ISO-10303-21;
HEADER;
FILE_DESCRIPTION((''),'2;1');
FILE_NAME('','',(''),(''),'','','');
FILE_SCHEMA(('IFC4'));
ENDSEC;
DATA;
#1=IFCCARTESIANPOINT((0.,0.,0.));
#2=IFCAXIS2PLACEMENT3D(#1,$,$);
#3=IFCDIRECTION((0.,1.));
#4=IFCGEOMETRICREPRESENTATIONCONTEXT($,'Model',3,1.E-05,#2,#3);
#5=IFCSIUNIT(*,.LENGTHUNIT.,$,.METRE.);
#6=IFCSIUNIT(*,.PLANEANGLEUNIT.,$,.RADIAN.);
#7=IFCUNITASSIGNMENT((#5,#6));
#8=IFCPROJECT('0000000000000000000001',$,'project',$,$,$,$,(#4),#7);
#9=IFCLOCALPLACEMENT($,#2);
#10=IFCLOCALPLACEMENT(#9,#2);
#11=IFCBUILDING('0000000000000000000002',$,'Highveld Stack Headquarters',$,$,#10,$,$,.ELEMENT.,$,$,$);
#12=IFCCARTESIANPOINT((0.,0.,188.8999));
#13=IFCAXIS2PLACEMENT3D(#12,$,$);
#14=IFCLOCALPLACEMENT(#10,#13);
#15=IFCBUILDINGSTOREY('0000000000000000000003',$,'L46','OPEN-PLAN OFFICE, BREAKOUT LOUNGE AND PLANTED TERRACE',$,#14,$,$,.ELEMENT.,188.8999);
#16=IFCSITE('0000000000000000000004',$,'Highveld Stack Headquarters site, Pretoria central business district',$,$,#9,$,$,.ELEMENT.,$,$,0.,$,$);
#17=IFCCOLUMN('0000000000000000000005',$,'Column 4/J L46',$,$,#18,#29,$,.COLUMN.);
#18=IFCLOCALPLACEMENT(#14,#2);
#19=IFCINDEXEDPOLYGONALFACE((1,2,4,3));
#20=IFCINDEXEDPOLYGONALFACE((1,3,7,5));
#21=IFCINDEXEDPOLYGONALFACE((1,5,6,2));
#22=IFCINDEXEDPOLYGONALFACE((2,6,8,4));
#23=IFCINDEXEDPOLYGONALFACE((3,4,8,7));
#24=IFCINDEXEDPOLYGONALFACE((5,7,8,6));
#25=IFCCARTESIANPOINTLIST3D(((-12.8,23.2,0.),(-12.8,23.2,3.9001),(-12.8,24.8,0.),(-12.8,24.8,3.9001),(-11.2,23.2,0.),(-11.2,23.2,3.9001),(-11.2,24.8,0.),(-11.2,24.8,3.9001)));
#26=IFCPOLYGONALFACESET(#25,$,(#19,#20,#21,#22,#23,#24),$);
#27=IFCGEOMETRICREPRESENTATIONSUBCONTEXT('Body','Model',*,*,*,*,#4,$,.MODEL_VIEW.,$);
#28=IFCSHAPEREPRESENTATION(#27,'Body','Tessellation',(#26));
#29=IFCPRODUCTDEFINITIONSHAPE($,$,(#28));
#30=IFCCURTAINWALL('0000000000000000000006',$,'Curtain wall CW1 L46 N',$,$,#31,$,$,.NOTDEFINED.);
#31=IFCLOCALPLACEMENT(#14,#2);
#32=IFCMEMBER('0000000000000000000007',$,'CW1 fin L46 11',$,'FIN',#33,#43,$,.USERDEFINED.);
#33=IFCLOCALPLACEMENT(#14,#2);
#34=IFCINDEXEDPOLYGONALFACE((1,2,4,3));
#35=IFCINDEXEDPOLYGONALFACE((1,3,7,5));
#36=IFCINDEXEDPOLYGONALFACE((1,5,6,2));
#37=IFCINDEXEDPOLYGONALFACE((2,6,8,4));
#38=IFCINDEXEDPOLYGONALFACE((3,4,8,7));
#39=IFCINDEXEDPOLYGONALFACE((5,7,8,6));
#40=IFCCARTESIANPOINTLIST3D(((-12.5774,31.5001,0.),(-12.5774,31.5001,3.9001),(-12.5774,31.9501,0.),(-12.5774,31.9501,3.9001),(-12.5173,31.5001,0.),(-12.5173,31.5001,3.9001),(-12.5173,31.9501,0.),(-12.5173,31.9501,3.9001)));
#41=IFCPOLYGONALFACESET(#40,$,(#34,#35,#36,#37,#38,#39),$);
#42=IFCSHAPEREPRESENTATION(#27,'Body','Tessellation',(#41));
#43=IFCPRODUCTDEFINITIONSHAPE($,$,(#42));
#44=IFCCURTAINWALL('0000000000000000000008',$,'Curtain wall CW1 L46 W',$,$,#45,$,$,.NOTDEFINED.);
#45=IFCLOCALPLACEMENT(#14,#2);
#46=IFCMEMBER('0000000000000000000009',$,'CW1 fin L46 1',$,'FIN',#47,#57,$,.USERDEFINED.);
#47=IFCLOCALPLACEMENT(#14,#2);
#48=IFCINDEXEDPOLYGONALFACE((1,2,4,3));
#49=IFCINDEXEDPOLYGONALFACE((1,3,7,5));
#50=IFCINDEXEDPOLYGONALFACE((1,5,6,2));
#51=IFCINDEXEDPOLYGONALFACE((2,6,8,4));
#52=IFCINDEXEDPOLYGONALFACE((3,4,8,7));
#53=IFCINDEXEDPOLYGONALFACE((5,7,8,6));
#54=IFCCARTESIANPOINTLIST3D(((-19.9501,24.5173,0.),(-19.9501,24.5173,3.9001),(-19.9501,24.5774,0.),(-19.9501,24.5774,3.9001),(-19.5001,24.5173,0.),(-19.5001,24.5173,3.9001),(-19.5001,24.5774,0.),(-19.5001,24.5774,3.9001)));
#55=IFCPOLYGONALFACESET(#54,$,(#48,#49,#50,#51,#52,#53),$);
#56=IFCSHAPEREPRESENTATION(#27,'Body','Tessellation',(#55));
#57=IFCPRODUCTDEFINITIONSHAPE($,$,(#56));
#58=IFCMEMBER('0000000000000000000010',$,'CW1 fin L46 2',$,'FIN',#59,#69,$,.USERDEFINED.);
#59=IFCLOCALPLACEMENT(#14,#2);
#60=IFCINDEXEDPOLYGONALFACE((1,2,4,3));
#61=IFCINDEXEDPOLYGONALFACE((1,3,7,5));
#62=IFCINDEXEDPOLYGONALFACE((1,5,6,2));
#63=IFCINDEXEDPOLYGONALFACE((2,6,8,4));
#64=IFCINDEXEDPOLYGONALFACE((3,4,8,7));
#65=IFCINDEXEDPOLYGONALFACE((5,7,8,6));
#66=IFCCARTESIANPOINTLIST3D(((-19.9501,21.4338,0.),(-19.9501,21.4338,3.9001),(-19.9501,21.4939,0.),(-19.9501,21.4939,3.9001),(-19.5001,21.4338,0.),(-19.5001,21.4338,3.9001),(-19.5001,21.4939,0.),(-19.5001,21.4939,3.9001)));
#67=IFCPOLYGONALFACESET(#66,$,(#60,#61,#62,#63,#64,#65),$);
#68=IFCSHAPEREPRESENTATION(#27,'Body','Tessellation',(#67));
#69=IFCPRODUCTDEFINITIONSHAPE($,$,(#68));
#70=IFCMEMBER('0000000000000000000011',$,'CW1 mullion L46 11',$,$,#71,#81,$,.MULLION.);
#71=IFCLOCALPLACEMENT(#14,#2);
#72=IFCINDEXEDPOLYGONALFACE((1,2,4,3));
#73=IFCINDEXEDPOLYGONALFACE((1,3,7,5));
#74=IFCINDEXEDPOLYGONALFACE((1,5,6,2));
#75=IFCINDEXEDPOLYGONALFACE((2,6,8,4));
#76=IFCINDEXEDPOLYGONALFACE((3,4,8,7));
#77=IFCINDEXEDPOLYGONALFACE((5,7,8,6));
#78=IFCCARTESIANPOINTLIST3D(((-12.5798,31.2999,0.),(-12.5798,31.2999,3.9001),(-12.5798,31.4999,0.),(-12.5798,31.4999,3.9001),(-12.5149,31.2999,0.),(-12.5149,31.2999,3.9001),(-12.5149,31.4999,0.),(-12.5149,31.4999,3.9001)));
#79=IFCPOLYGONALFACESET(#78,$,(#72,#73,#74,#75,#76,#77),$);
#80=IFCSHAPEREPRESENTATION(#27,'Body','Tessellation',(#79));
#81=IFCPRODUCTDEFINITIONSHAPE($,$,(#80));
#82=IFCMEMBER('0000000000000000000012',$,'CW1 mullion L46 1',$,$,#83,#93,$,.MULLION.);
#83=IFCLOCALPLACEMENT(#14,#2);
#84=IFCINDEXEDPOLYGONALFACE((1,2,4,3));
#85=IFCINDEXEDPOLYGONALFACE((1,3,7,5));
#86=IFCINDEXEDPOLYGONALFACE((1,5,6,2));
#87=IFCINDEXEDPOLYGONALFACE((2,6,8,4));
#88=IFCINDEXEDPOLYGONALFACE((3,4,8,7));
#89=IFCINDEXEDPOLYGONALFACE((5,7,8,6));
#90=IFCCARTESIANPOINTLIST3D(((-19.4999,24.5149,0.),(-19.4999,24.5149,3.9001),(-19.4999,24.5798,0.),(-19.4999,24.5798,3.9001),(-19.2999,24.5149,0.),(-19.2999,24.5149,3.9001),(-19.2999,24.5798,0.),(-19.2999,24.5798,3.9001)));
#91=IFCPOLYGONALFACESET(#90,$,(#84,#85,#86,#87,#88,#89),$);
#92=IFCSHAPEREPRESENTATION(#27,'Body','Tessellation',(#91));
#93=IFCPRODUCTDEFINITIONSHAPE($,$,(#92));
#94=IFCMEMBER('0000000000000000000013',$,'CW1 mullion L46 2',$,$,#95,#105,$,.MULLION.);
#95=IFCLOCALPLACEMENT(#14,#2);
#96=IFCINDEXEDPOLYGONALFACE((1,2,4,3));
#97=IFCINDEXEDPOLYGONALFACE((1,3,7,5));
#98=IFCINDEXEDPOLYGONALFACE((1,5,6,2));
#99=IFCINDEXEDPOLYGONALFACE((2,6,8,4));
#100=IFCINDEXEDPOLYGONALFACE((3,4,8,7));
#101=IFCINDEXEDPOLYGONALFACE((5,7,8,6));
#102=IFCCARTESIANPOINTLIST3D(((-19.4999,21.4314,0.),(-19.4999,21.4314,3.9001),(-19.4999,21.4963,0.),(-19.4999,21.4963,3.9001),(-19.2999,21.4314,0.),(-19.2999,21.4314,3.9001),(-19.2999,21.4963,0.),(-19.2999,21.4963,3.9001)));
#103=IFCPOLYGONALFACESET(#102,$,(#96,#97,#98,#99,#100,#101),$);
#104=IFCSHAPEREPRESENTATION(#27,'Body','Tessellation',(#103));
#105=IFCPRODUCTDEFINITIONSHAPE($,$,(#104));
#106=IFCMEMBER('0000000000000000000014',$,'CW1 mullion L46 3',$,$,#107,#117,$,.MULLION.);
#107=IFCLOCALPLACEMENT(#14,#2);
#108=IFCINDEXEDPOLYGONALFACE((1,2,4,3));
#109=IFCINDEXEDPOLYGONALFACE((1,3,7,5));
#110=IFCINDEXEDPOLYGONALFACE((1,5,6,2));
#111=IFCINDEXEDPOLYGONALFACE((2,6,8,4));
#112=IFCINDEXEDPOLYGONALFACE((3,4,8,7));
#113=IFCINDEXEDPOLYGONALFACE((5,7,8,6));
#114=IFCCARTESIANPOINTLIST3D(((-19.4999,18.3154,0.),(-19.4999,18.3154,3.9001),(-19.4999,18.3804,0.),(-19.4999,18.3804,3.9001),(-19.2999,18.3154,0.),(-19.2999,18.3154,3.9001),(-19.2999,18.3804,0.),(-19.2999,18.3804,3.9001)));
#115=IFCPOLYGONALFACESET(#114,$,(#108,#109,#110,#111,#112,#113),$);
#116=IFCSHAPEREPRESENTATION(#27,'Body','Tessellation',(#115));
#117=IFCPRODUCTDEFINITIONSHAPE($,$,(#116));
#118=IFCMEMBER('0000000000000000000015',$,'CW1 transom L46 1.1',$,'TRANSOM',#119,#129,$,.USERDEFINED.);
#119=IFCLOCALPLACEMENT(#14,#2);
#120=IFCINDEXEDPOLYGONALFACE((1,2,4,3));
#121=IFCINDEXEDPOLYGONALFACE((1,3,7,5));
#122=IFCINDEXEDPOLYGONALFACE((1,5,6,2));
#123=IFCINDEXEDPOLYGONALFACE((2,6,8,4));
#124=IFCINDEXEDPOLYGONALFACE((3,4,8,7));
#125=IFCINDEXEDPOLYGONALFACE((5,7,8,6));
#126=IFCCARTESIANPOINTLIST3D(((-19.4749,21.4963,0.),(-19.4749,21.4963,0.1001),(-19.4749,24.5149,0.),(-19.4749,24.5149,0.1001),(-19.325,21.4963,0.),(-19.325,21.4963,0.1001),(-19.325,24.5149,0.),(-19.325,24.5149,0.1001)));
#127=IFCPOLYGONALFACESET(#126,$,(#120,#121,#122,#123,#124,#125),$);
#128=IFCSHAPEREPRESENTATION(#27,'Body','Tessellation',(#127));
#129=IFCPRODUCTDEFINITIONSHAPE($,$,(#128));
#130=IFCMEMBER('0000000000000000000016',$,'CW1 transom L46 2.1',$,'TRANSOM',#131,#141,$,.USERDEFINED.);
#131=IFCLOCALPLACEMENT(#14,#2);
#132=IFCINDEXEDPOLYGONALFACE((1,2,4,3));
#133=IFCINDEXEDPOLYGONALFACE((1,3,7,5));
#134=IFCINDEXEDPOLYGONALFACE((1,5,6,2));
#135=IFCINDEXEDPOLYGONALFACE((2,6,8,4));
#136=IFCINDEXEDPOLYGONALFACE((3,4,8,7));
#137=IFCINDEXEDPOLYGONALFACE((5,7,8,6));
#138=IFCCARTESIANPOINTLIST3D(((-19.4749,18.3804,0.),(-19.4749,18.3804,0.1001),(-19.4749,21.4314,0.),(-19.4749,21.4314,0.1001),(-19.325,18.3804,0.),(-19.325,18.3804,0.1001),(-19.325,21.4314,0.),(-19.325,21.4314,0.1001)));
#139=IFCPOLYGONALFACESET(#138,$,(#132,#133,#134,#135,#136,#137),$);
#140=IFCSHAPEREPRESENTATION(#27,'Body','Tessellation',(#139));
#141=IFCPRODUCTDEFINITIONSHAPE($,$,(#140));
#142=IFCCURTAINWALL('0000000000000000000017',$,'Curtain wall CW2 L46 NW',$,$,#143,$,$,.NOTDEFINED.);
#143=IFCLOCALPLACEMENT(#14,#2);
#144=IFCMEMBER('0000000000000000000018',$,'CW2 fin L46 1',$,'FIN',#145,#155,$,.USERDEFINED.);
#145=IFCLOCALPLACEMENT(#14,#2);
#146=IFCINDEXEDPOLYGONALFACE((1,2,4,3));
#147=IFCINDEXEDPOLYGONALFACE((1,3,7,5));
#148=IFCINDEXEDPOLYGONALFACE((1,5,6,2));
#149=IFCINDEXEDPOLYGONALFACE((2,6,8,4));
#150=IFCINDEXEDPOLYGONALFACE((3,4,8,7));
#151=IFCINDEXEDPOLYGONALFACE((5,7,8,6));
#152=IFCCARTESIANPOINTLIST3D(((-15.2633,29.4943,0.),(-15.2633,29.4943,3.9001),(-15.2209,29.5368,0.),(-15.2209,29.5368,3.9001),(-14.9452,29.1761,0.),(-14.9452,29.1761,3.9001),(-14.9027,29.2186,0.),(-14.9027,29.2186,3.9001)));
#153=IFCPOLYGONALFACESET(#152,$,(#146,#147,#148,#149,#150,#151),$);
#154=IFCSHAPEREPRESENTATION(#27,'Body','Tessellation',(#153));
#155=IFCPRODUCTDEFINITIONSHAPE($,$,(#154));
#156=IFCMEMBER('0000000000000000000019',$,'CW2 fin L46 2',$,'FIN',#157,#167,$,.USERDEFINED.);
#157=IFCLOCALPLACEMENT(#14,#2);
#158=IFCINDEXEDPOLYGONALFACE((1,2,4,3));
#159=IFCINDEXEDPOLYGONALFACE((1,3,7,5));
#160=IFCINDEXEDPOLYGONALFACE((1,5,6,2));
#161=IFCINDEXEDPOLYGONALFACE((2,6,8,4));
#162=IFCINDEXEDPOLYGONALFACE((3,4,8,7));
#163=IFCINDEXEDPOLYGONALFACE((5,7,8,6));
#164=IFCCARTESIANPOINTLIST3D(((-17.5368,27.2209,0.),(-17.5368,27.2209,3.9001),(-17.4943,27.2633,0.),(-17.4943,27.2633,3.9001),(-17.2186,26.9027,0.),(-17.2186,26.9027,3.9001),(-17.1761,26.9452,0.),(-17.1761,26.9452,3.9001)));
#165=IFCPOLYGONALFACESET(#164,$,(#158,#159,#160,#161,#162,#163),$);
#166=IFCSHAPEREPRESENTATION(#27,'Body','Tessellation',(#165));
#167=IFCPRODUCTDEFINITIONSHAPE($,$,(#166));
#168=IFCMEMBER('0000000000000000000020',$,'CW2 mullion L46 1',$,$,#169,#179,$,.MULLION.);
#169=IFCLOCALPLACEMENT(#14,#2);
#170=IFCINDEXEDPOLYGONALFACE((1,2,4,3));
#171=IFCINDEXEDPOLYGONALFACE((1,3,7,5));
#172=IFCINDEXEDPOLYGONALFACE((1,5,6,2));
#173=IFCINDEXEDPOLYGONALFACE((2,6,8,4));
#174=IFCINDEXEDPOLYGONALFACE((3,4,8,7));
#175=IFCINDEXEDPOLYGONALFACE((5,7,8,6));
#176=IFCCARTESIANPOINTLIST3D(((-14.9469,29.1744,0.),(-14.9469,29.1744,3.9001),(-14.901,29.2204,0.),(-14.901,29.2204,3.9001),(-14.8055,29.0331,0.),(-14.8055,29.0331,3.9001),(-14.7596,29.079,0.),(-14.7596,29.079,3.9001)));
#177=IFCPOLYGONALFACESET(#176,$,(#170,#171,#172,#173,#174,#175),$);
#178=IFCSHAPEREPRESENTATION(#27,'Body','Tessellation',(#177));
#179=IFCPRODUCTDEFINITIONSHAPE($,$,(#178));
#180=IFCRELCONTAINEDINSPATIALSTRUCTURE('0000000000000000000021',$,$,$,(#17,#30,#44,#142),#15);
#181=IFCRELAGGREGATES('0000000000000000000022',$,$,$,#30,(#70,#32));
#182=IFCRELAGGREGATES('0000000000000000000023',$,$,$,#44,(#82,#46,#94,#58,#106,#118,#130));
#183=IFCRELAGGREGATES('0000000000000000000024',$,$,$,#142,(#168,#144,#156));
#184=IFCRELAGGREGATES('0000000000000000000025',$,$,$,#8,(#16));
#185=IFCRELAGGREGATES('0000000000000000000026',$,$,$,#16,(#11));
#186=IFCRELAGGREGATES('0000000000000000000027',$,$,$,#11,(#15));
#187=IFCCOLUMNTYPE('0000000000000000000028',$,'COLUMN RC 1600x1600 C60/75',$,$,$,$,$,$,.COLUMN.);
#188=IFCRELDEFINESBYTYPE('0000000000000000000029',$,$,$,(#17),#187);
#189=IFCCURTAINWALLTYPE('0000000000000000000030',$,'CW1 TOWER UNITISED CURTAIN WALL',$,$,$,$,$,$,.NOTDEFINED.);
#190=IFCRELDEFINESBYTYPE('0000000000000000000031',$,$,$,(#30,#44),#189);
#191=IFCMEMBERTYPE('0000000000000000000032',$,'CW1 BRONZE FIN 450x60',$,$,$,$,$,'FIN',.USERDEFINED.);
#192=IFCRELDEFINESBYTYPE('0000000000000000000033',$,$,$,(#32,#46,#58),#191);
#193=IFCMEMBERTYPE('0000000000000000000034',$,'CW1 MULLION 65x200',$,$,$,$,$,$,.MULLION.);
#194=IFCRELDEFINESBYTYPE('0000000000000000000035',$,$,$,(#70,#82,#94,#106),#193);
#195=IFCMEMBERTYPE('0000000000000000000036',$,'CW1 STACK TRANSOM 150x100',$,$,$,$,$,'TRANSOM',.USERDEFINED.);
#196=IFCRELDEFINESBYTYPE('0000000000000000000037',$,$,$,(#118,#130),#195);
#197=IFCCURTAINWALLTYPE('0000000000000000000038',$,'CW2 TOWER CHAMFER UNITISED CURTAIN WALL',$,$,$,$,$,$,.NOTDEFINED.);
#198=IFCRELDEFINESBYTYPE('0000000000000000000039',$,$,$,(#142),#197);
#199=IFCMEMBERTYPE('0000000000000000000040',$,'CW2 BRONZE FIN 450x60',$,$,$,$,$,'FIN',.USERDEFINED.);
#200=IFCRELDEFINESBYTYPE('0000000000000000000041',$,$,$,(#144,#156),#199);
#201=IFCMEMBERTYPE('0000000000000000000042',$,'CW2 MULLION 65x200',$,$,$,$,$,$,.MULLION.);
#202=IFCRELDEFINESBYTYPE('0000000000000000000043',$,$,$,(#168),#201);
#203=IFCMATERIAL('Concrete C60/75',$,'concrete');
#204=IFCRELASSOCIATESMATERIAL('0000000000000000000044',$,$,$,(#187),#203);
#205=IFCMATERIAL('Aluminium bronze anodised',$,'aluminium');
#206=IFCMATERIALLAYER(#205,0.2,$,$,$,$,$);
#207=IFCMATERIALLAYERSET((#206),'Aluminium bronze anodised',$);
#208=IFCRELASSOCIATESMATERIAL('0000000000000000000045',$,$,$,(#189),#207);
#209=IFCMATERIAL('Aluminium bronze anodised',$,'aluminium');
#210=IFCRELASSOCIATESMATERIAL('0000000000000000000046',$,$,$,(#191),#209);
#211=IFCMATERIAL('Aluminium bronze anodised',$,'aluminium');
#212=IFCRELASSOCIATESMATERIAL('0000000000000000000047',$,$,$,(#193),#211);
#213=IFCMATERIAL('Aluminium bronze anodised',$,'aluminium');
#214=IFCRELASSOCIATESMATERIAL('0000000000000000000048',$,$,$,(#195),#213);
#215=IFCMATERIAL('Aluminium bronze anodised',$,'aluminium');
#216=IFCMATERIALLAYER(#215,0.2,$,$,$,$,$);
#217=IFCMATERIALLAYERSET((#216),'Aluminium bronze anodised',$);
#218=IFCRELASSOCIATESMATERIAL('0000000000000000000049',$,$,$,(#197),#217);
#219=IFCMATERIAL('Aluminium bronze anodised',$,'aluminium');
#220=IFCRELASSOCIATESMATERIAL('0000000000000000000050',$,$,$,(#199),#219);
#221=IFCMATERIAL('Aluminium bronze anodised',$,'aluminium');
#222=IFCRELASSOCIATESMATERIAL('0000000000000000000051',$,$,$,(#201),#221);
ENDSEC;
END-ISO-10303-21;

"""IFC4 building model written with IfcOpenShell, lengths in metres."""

from ifc_helpers import new_model, si_unit, direction, frame, origin, origin_2d, place, context, subcontext, project, spatial, rectangle, extrude, material, layer, layer_set, material_profile, profile_set, type_object, element, aggregate, save


model = new_model("IFC4")

# Units and contexts
model_context = context("Model", 3, precision=1e-05, world=origin(), true_north=direction((0.0, 1.0)))
body_context = subcontext(model_context, "Body", "Model", "MODEL_VIEW")
ifc_project = project(units=[si_unit("LENGTHUNIT", "METRE"), si_unit("PLANEANGLEUNIT", "RADIAN")], contexts=[model_context])

# Site, building, storey
site_placement = place(None, origin())
site = spatial("IfcSite", under=ifc_project, at=site_placement, Name="Highveld Stack Headquarters site, Pretoria central business district", CompositionType="ELEMENT", RefElevation=0.0)
building_placement = place(site_placement, origin())
building = spatial("IfcBuilding", under=site, at=building_placement, Name="Highveld Stack Headquarters", CompositionType="ELEMENT")
storey_placement = place(building_placement, frame((0.0, 0.0, 188.8999)))
storey = spatial("IfcBuildingStorey", under=building, at=storey_placement, Name="L46", Description="OPEN-PLAN OFFICE, BREAKOUT LOUNGE AND PLANTED TERRACE", CompositionType="ELEMENT", Elevation=188.8999)

# Column
ifc_material_1 = material(Name="Concrete C60/75", Category="concrete")
ifc_material_profile_1 = material_profile(ifc_material_1, rectangle(XDim=1.6001, YDim=1.6001, at=origin_2d()), Name="RC 1600x1600")
ifc_profile_set_1 = profile_set([ifc_material_profile_1], Name="Concrete C60/75")
column_type = type_object("IfcColumnType", Name="COLUMN RC 1600x1600 C60/75", PredefinedType="COLUMN", material=ifc_profile_set_1)
column_placement = place(storey_placement, frame((-12.0, 24.0, 0.0), z_axis=(0.0, 0.0, 1.0), x_axis=(1.0, 0.0, 0.0)))
element("IfcColumn", 1, at=column_placement, inside=storey, type_object=column_type, Name="Column 4/J L46", PredefinedType="COLUMN", context=body_context, shape_type="SweptSolid", body=[
    extrude(rectangle(XDim=1.6001, YDim=1.6001, at=origin_2d()), origin(), (0.0, 0.0, 1.0), 3.9001),
])

# Curtain wall, member
ifc_material_2 = material(Name="Aluminium bronze anodised", Category="aluminium")
ifc_layer_1 = layer(ifc_material_2, 0.2)
ifc_layer_set_1 = layer_set([ifc_layer_1], Name="Aluminium bronze anodised")
curtain_wall_type_1 = type_object("IfcCurtainWallType", Name="CW1 TOWER UNITISED CURTAIN WALL", PredefinedType="NOTDEFINED", material=ifc_layer_set_1)
curtain_wall_1_placement = place(storey_placement, origin())
curtain_wall_1 = element("IfcCurtainWall", 2, at=curtain_wall_1_placement, inside=storey, type_object=curtain_wall_type_1, Name="Curtain wall CW1 L46 N", PredefinedType="NOTDEFINED")
ifc_material_3 = material(Name="Aluminium bronze anodised", Category="aluminium")
ifc_material_profile_2 = material_profile(ifc_material_3, rectangle(XDim=0.45, YDim=0.0601, at=origin_2d()), Name="FIN 450x60")
ifc_profile_set_2 = profile_set([ifc_material_profile_2], Name="Aluminium bronze anodised")
member_type_1 = type_object("IfcMemberType", Name="CW1 BRONZE FIN 450x60", ElementType="FIN", PredefinedType="USERDEFINED", material=ifc_profile_set_2)
member_1_placement = place(storey_placement, frame((-12.5474, 31.7251, 0.0), z_axis=(0.0, 0.0, 1.0), x_axis=(0.0, -1.0, 0.0)))
member_1 = element("IfcMember", 3, at=member_1_placement, type_object=member_type_1, Name="CW1 fin L46 11", ObjectType="FIN", PredefinedType="USERDEFINED", context=body_context, shape_type="SweptSolid", body=[
    extrude(rectangle(XDim=0.45, YDim=0.0601, at=origin_2d()), origin(), (0.0, 0.0, 1.0), 3.9001),
])

# Curtain wall, members
curtain_wall_2_placement = place(storey_placement, origin())
curtain_wall_2 = element("IfcCurtainWall", 4, at=curtain_wall_2_placement, inside=storey, type_object=curtain_wall_type_1, Name="Curtain wall CW1 L46 W", PredefinedType="NOTDEFINED")
member_2_placement = place(storey_placement, frame((-19.7251, 24.5474, 0.0), z_axis=(0.0, 0.0, 1.0), x_axis=(1.0, 0.0, 0.0)))
member_2 = element("IfcMember", 5, at=member_2_placement, type_object=member_type_1, Name="CW1 fin L46 1", ObjectType="FIN", PredefinedType="USERDEFINED", context=body_context, shape_type="SweptSolid", body=[
    extrude(rectangle(XDim=0.45, YDim=0.0601, at=origin_2d()), origin(), (0.0, 0.0, 1.0), 3.9001),
])
member_3_placement = place(storey_placement, frame((-19.7251, 21.4639, 0.0), z_axis=(0.0, 0.0, 1.0), x_axis=(1.0, 0.0, 0.0)))
member_3 = element("IfcMember", 6, at=member_3_placement, type_object=member_type_1, Name="CW1 fin L46 2", ObjectType="FIN", PredefinedType="USERDEFINED", context=body_context, shape_type="SweptSolid", body=[
    extrude(rectangle(XDim=0.45, YDim=0.0601, at=origin_2d()), origin(), (0.0, 0.0, 1.0), 3.9001),
])

# Members
ifc_material_4 = material(Name="Aluminium bronze anodised", Category="aluminium")
ifc_material_profile_3 = material_profile(ifc_material_4, rectangle(XDim=0.2, YDim=0.0649, at=origin_2d()), Name="CW1 MULLION 65x200")
ifc_profile_set_3 = profile_set([ifc_material_profile_3], Name="Aluminium bronze anodised")
member_type_2 = type_object("IfcMemberType", Name="CW1 MULLION 65x200", PredefinedType="MULLION", material=ifc_profile_set_3)
member_4_placement = place(storey_placement, frame((-12.5474, 31.3999, 0.0), z_axis=(0.0, 0.0, 1.0), x_axis=(0.0, -1.0, 0.0)))
member_4 = element("IfcMember", 7, at=member_4_placement, type_object=member_type_2, Name="CW1 mullion L46 11", PredefinedType="MULLION", context=body_context, shape_type="SweptSolid", body=[
    extrude(rectangle(XDim=0.2, YDim=0.0649, at=origin_2d()), origin(), (0.0, 0.0, 1.0), 3.9001),
])
aggregate(curtain_wall_1, [member_4, member_1])
member_5_placement = place(storey_placement, frame((-19.3999, 24.5474, 0.0), z_axis=(0.0, 0.0, 1.0), x_axis=(1.0, 0.0, 0.0)))
member_5 = element("IfcMember", 8, at=member_5_placement, type_object=member_type_2, Name="CW1 mullion L46 1", PredefinedType="MULLION", context=body_context, shape_type="SweptSolid", body=[
    extrude(rectangle(XDim=0.2, YDim=0.0649, at=origin_2d()), origin(), (0.0, 0.0, 1.0), 3.9001),
])
member_6_placement = place(storey_placement, frame((-19.3999, 21.4639, 0.0), z_axis=(0.0, 0.0, 1.0), x_axis=(1.0, 0.0, 0.0)))
member_6 = element("IfcMember", 9, at=member_6_placement, type_object=member_type_2, Name="CW1 mullion L46 2", PredefinedType="MULLION", context=body_context, shape_type="SweptSolid", body=[
    extrude(rectangle(XDim=0.2, YDim=0.0649, at=origin_2d()), origin(), (0.0, 0.0, 1.0), 3.9001),
])
member_7_placement = place(storey_placement, frame((-19.3999, 18.3479, 0.0), z_axis=(0.0, 0.0, 1.0), x_axis=(1.0, 0.0, 0.0)))
member_7 = element("IfcMember", 10, at=member_7_placement, type_object=member_type_2, Name="CW1 mullion L46 3", PredefinedType="MULLION", context=body_context, shape_type="SweptSolid", body=[
    extrude(rectangle(XDim=0.2, YDim=0.0649, at=origin_2d()), origin(), (0.0, 0.0, 1.0), 3.9001),
])
ifc_material_5 = material(Name="Aluminium bronze anodised", Category="aluminium")
ifc_material_profile_4 = material_profile(ifc_material_5, rectangle(XDim=0.1499, YDim=0.1001, at=origin_2d()), Name="CW1 TRANSOM 150x100")
ifc_profile_set_4 = profile_set([ifc_material_profile_4], Name="Aluminium bronze anodised")
member_type_3 = type_object("IfcMemberType", Name="CW1 STACK TRANSOM 150x100", ElementType="TRANSOM", PredefinedType="USERDEFINED", material=ifc_profile_set_4)
member_8_placement = place(storey_placement, frame((-19.3999, 24.5149, 0.05), z_axis=(0.0, -1.0, 0.0), x_axis=(1.0, 0.0, 0.0)))
member_8 = element("IfcMember", 11, at=member_8_placement, type_object=member_type_3, Name="CW1 transom L46 1.1", ObjectType="TRANSOM", PredefinedType="USERDEFINED", context=body_context, shape_type="SweptSolid", body=[
    extrude(rectangle(XDim=0.1499, YDim=0.1001, at=origin_2d()), origin(), (0.0, 0.0, 1.0), 3.0186),
])
member_9_placement = place(storey_placement, frame((-19.3999, 21.4314, 0.05), z_axis=(0.0, -1.0, 0.0), x_axis=(1.0, 0.0, 0.0)))
member_9 = element("IfcMember", 12, at=member_9_placement, type_object=member_type_3, Name="CW1 transom L46 2.1", ObjectType="TRANSOM", PredefinedType="USERDEFINED", context=body_context, shape_type="SweptSolid", body=[
    extrude(rectangle(XDim=0.1499, YDim=0.1001, at=origin_2d()), origin(), (0.0, 0.0, 1.0), 3.051),
])

# Curtain wall, members
ifc_material_6 = material(Name="Aluminium bronze anodised", Category="aluminium")
ifc_layer_2 = layer(ifc_material_6, 0.2)
ifc_layer_set_2 = layer_set([ifc_layer_2], Name="Aluminium bronze anodised")
curtain_wall_type_2 = type_object("IfcCurtainWallType", Name="CW2 TOWER CHAMFER UNITISED CURTAIN WALL", PredefinedType="NOTDEFINED", material=ifc_layer_set_2)
curtain_wall_3_placement = place(storey_placement, origin())
curtain_wall_3 = element("IfcCurtainWall", 13, at=curtain_wall_3_placement, inside=storey, type_object=curtain_wall_type_2, Name="Curtain wall CW2 L46 NW", PredefinedType="NOTDEFINED")
ifc_material_7 = material(Name="Aluminium bronze anodised", Category="aluminium")
ifc_material_profile_5 = material_profile(ifc_material_7, rectangle(XDim=0.45, YDim=0.0601, at=origin_2d()), Name="FIN 450x60")
ifc_profile_set_5 = profile_set([ifc_material_profile_5], Name="Aluminium bronze anodised")
member_type_4 = type_object("IfcMemberType", Name="CW2 BRONZE FIN 450x60", ElementType="FIN", PredefinedType="USERDEFINED", material=ifc_profile_set_5)
member_10_placement = place(storey_placement, frame((-15.083, 29.3564, 0.0), z_axis=(0.0, 0.0, 1.0), x_axis=(0.707107, -0.707107, 0.0)))
member_10 = element("IfcMember", 14, at=member_10_placement, type_object=member_type_4, Name="CW2 fin L46 1", ObjectType="FIN", PredefinedType="USERDEFINED", context=body_context, shape_type="SweptSolid", body=[
    extrude(rectangle(XDim=0.45, YDim=0.0601, at=origin_2d()), origin(), (0.0, 0.0, 1.0), 3.9001),
])
member_11_placement = place(storey_placement, frame((-17.3564, 27.083, 0.0), z_axis=(0.0, 0.0, 1.0), x_axis=(0.707107, -0.707107, 0.0)))
member_11 = element("IfcMember", 15, at=member_11_placement, type_object=member_type_4, Name="CW2 fin L46 2", ObjectType="FIN", PredefinedType="USERDEFINED", context=body_context, shape_type="SweptSolid", body=[
    extrude(rectangle(XDim=0.45, YDim=0.0601, at=origin_2d()), origin(), (0.0, 0.0, 1.0), 3.9001),
])
ifc_material_8 = material(Name="Aluminium bronze anodised", Category="aluminium")
ifc_material_profile_6 = material_profile(ifc_material_8, rectangle(XDim=0.2, YDim=0.0649, at=origin_2d()), Name="CW2 MULLION 65x200")
ifc_profile_set_6 = profile_set([ifc_material_profile_6], Name="Aluminium bronze anodised")
member_type_5 = type_object("IfcMemberType", Name="CW2 MULLION 65x200", PredefinedType="MULLION", material=ifc_profile_set_6)
member_12_placement = place(storey_placement, frame((-14.8533, 29.1267, 0.0), z_axis=(0.0, 0.0, 1.0), x_axis=(0.707107, -0.707107, 0.0)))
member_12 = element("IfcMember", 16, at=member_12_placement, type_object=member_type_5, Name="CW2 mullion L46 1", PredefinedType="MULLION", context=body_context, shape_type="SweptSolid", body=[
    extrude(rectangle(XDim=0.2, YDim=0.0649, at=origin_2d()), origin(), (0.0, 0.0, 1.0), 3.9001),
])

aggregate(curtain_wall_2, [member_5, member_2, member_6, member_3, member_7, member_8, member_9])
aggregate(curtain_wall_3, [member_12, member_10, member_11])

save(model, "model.ifc")
